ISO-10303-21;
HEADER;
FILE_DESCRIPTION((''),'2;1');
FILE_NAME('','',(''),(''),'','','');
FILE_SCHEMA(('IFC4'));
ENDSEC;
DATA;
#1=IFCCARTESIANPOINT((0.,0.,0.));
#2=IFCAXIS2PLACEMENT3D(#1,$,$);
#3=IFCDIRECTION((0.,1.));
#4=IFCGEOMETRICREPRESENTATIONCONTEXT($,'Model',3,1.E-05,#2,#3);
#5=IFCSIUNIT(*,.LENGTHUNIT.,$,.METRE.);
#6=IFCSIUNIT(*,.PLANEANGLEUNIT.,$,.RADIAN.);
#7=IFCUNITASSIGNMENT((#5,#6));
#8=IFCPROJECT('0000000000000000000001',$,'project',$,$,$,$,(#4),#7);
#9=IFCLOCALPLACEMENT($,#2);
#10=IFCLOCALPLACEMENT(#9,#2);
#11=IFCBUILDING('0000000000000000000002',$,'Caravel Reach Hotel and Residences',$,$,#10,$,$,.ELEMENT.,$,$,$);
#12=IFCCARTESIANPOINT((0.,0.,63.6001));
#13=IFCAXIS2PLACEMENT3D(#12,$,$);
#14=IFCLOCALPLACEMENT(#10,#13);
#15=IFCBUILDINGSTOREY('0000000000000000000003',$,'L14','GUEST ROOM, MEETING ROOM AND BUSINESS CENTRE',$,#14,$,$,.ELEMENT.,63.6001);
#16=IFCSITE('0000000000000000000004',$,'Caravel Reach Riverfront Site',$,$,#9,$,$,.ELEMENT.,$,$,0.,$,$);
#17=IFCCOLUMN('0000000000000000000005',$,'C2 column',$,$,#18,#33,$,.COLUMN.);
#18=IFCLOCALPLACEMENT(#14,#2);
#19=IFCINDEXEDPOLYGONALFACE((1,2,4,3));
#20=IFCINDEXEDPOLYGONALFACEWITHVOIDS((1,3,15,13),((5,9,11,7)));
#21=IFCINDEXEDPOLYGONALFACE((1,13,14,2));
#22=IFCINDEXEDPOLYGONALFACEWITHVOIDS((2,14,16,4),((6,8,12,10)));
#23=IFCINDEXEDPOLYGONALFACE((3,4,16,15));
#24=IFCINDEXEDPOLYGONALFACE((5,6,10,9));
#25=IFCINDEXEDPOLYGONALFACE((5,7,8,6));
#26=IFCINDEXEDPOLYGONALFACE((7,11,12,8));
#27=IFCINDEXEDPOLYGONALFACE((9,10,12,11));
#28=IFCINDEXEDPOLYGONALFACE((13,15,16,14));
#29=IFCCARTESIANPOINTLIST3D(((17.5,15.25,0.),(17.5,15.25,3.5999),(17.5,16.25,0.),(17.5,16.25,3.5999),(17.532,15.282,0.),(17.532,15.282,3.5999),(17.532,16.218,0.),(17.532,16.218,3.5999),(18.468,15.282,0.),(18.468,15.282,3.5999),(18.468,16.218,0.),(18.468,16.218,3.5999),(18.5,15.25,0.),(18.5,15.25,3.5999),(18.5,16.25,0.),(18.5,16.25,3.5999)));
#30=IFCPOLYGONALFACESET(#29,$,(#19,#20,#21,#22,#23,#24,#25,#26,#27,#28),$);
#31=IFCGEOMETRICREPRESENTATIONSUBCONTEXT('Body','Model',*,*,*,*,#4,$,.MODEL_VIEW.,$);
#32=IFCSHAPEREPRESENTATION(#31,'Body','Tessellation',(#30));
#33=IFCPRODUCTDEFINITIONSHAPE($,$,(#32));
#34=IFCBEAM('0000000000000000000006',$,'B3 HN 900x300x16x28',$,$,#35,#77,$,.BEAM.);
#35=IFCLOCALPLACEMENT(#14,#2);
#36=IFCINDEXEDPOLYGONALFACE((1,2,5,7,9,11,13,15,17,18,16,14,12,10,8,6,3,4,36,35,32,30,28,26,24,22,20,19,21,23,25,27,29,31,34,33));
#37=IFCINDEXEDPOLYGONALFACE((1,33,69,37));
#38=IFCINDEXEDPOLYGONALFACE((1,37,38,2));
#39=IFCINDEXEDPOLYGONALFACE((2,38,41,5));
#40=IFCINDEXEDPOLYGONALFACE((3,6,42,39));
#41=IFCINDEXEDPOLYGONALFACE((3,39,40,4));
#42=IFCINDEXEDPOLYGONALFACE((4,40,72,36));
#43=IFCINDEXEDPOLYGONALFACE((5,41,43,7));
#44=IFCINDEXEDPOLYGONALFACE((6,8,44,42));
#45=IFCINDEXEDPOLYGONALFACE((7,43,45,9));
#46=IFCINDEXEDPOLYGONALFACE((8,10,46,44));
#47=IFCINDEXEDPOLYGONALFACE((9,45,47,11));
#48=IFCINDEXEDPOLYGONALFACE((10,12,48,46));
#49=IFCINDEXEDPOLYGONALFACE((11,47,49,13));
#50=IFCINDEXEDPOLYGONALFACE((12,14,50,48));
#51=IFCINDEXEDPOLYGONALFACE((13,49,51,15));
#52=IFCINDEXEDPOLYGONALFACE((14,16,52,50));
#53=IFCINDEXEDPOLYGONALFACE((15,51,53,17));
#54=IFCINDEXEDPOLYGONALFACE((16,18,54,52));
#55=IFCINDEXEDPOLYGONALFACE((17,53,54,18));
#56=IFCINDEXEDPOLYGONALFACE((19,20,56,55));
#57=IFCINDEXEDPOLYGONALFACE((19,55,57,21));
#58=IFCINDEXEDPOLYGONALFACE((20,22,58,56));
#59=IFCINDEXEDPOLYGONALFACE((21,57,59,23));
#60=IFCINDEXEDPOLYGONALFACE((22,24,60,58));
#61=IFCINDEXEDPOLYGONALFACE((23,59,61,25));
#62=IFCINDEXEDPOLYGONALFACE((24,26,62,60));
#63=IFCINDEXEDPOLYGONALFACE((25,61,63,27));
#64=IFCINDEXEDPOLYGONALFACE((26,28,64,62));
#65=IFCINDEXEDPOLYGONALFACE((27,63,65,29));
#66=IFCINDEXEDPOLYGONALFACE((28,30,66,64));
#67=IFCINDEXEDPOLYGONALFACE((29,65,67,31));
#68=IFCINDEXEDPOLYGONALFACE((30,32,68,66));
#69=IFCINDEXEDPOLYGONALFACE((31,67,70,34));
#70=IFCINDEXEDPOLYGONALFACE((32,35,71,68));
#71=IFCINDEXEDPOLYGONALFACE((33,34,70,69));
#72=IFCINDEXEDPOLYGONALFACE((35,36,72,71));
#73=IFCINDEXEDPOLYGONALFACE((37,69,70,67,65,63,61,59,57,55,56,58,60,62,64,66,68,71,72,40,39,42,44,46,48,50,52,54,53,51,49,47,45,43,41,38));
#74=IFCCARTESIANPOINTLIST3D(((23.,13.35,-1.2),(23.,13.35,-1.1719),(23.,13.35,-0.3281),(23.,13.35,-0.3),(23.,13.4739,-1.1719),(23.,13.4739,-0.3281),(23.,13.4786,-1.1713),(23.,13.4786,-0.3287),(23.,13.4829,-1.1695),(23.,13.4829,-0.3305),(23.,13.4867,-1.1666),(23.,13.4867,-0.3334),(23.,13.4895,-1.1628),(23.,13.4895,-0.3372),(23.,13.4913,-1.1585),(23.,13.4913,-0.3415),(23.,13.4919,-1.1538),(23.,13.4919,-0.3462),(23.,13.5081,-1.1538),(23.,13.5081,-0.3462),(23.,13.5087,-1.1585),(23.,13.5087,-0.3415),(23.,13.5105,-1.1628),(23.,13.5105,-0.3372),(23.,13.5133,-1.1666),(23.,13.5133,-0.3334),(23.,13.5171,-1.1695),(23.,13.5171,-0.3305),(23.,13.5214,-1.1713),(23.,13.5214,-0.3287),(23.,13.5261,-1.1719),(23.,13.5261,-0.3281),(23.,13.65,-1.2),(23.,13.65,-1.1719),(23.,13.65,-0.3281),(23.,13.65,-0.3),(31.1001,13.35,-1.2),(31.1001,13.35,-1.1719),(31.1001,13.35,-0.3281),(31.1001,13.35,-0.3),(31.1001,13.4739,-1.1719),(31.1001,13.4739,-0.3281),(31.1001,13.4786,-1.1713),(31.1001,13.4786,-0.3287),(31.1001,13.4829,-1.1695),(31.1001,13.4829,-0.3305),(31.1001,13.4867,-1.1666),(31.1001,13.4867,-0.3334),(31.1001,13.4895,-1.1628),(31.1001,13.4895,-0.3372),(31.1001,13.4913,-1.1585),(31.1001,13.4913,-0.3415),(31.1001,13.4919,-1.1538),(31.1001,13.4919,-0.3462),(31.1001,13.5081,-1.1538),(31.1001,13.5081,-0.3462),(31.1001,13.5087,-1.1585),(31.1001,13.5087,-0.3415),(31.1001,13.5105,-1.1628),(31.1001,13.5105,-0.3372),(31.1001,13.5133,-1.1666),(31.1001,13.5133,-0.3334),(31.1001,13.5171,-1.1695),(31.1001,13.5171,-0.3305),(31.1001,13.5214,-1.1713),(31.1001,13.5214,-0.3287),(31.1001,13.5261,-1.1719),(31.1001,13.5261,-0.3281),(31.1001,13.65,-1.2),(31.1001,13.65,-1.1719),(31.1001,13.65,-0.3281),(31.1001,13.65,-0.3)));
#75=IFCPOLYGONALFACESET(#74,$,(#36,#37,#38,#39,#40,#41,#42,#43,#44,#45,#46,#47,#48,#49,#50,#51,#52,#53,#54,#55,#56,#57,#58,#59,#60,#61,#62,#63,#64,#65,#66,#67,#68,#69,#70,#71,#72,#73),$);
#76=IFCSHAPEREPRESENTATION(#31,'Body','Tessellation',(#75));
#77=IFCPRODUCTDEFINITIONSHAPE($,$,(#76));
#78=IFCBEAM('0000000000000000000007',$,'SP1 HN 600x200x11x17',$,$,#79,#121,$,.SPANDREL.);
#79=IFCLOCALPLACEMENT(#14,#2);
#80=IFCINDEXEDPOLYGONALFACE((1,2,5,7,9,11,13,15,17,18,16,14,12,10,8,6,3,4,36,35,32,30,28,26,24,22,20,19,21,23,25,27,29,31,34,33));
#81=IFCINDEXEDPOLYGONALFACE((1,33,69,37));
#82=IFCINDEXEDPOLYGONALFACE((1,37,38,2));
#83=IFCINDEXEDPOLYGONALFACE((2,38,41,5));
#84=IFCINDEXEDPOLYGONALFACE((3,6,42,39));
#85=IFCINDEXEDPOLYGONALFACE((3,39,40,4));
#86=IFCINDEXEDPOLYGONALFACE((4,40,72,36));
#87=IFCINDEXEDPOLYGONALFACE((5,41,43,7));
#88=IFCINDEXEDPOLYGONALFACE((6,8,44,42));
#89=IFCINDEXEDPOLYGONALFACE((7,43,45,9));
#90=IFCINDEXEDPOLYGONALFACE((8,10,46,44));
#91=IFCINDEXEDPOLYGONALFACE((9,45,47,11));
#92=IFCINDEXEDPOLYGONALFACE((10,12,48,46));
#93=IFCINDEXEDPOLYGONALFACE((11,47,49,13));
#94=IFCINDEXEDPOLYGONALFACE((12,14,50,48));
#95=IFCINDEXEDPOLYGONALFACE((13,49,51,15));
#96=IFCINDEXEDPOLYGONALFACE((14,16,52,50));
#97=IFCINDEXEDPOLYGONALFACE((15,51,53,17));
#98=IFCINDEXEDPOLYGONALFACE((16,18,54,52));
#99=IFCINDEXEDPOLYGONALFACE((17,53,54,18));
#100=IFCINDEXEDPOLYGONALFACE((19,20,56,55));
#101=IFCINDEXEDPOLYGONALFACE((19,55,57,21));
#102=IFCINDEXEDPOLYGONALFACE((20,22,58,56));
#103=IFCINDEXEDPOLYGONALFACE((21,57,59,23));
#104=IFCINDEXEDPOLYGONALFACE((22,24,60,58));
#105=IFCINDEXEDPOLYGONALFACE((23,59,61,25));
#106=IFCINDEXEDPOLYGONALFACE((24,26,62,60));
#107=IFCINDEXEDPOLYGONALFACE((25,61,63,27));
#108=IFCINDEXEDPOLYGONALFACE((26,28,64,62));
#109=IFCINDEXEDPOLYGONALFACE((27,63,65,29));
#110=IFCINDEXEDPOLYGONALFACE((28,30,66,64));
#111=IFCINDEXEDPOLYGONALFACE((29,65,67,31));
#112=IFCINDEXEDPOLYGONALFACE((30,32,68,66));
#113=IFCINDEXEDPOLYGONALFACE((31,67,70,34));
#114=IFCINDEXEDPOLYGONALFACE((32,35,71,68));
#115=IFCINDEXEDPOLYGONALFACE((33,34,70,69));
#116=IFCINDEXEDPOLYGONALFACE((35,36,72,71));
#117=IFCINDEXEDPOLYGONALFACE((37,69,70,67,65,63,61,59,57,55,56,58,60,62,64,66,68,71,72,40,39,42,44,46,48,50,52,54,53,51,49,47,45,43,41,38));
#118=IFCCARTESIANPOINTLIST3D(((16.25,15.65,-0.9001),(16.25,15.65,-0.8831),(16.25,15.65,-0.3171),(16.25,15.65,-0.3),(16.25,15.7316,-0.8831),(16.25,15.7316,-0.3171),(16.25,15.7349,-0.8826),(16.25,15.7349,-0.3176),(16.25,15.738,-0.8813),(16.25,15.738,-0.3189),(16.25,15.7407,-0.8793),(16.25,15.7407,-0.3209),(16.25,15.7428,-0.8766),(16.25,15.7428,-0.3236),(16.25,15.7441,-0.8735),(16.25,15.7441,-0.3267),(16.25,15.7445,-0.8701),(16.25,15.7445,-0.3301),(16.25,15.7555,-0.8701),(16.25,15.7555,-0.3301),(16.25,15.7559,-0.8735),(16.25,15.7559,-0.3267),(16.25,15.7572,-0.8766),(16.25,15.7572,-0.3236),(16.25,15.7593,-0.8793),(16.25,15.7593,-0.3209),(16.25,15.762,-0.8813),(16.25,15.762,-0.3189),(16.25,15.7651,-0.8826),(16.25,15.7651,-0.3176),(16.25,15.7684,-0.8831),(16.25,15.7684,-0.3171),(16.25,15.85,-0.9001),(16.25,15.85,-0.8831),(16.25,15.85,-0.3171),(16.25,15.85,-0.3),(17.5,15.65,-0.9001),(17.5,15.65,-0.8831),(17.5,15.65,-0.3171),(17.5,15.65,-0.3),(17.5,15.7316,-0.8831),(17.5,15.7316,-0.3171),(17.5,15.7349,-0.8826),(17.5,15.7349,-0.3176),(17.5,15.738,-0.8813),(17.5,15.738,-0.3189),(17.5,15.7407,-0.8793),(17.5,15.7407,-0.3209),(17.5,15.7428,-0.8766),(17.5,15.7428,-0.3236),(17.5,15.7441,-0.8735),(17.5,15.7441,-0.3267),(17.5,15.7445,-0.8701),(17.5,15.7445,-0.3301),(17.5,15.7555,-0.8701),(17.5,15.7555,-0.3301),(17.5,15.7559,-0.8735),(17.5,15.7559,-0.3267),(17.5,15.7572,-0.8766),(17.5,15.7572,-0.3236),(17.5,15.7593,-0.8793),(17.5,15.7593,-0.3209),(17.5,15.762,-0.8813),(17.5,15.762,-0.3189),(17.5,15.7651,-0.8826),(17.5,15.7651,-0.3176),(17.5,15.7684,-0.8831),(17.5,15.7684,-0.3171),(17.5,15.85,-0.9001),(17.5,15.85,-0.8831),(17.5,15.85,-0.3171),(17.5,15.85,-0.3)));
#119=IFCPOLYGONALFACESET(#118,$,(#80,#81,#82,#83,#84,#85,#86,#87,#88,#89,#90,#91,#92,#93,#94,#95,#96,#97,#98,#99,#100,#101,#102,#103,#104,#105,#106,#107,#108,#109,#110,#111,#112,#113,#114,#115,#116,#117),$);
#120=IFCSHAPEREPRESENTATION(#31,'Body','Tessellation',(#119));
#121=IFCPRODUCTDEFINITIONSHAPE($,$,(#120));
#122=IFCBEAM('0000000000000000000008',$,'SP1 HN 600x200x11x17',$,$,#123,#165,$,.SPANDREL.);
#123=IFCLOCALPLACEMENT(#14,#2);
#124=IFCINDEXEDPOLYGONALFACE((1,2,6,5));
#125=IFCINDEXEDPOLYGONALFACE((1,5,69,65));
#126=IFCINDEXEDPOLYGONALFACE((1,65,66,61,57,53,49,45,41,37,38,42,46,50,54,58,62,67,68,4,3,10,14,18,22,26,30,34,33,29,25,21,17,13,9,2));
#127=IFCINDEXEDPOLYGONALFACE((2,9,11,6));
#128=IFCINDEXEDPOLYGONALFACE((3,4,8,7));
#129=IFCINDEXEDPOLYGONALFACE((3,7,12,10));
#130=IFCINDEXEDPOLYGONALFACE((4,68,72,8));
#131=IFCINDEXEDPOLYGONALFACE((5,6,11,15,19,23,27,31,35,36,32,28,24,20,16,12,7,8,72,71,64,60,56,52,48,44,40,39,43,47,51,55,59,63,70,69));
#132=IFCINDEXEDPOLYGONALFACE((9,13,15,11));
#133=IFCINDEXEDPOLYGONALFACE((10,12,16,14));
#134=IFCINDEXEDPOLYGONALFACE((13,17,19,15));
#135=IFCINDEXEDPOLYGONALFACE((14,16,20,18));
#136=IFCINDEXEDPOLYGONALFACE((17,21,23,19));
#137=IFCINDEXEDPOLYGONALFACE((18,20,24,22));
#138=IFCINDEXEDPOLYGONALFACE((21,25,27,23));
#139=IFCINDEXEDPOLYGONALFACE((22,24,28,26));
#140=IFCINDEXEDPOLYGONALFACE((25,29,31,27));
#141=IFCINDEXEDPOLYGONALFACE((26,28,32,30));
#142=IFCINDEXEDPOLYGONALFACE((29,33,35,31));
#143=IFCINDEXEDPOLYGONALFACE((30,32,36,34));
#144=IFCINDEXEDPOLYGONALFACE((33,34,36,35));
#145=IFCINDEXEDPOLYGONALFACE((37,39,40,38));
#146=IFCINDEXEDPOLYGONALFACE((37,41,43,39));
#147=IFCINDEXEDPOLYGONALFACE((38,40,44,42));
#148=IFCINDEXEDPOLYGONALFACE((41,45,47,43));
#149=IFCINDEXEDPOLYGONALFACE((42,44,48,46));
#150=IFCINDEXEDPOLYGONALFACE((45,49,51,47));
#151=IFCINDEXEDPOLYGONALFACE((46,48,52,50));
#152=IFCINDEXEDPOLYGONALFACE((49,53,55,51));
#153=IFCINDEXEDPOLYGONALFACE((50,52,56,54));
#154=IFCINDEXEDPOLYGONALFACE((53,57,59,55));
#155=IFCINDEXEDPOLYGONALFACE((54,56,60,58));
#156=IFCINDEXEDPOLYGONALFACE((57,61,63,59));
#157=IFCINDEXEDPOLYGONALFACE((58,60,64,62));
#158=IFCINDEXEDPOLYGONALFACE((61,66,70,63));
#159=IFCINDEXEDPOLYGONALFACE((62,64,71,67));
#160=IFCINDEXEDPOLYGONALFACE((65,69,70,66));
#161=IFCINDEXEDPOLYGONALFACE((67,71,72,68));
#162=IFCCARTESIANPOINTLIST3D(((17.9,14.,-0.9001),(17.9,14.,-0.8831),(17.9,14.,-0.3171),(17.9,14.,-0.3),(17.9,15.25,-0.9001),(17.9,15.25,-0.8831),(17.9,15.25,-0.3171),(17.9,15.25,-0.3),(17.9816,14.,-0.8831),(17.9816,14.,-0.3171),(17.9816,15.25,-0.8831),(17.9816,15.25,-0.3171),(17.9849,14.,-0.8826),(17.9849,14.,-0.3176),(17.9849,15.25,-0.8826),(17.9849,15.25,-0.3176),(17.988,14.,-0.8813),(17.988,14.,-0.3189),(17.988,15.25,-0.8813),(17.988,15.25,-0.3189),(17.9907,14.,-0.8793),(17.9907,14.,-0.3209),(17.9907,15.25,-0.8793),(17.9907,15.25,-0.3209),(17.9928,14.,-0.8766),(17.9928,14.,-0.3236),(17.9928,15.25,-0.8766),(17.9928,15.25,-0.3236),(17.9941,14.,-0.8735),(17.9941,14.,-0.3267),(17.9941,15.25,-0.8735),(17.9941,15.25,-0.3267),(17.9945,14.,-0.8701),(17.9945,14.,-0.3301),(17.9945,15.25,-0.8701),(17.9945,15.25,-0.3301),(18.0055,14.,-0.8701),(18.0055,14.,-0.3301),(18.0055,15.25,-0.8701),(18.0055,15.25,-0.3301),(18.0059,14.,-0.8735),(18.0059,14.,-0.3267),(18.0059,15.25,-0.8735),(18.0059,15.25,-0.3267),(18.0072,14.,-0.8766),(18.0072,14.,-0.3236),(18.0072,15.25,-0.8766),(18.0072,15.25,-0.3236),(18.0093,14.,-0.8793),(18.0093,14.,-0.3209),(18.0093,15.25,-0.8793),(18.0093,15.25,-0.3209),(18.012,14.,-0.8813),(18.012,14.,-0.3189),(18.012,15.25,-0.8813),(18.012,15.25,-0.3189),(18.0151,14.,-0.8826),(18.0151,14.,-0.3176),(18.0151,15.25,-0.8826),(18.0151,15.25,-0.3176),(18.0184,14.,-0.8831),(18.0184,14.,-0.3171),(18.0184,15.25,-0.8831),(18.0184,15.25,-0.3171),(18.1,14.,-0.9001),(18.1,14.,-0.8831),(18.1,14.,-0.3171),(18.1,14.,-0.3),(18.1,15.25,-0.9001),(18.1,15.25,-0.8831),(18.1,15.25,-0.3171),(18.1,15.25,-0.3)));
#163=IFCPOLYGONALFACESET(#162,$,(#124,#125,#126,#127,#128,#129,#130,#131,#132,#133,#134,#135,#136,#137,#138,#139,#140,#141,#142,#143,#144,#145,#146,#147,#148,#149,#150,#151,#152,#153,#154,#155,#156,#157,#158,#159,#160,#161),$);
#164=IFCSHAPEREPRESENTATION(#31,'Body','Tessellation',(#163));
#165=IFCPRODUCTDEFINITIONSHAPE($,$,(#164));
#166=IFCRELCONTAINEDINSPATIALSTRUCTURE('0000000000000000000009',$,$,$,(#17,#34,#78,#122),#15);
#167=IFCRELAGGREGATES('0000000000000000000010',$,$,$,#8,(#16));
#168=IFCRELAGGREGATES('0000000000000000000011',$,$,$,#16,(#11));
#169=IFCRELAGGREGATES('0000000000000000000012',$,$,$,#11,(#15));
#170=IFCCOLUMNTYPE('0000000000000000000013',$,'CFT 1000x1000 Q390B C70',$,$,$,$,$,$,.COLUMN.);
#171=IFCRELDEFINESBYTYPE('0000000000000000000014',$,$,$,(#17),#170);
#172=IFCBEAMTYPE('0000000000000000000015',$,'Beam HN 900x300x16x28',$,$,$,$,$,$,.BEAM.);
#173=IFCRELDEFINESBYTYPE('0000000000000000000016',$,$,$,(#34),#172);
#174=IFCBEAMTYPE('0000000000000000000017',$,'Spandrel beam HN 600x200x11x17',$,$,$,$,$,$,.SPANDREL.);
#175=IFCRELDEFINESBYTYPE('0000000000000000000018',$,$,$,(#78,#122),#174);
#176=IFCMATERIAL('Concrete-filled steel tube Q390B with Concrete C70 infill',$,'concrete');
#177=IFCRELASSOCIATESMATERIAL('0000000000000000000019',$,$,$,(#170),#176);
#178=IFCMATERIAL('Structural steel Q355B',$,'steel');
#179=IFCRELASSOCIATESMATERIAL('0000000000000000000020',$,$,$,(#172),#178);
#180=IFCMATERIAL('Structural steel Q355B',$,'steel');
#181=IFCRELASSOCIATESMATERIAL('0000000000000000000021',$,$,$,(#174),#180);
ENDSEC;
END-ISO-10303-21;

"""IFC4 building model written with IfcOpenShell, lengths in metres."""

from ifc_helpers import new_model, si_unit, direction, frame, origin, origin_2d, place, context, subcontext, project, spatial, hollow_rectangle, i_section, extrude, material, material_profile, profile_set, type_object, element, save


model = new_model("IFC4")

# Units and contexts
model_context = context("Model", 3, precision=1e-05, world=origin(), true_north=direction((0.0, 1.0)))
body_context = subcontext(model_context, "Body", "Model", "MODEL_VIEW")
ifc_project = project(units=[si_unit("LENGTHUNIT", "METRE"), si_unit("PLANEANGLEUNIT", "RADIAN")], contexts=[model_context])

# Site, building, storey
site_placement = place(None, origin())
site = spatial("IfcSite", under=ifc_project, at=site_placement, Name="Caravel Reach Riverfront Site", CompositionType="ELEMENT", RefElevation=0.0)
building_placement = place(site_placement, origin())
building = spatial("IfcBuilding", under=site, at=building_placement, Name="Caravel Reach Hotel and Residences", CompositionType="ELEMENT")
storey_placement = place(building_placement, frame((0.0, 0.0, 63.6001)))
storey = spatial("IfcBuildingStorey", under=building, at=storey_placement, Name="L14", Description="GUEST ROOM, MEETING ROOM AND BUSINESS CENTRE", CompositionType="ELEMENT", Elevation=63.6001)

# Column
ifc_material_1 = material(Name="Concrete-filled steel tube Q390B with Concrete C70 infill", Category="concrete")
ifc_material_profile_1 = material_profile(ifc_material_1, hollow_rectangle(XDim=1.0, YDim=1.0, WallThickness=0.032, at=origin_2d()), Name="RHS 1000x1000x32")
ifc_profile_set_1 = profile_set([ifc_material_profile_1], Name="Concrete-filled steel tube Q390B with Concrete C70 infill")
column_type = type_object("IfcColumnType", Name="CFT 1000x1000 Q390B C70", PredefinedType="COLUMN", material=ifc_profile_set_1)
column_placement = place(storey_placement, frame((18.0, 15.75, 0.0), z_axis=(0.0, 0.0, 1.0), x_axis=(1.0, 0.0, 0.0)))
element("IfcColumn", 1, at=column_placement, inside=storey, type_object=column_type, Name="C2 column", PredefinedType="COLUMN", context=body_context, shape_type="SweptSolid", body=[
    extrude(hollow_rectangle(XDim=1.0, YDim=1.0, WallThickness=0.032, at=origin_2d()), origin(), (0.0, 0.0, 1.0), 3.5999),
])

# Beams
ifc_material_2 = material(Name="Structural steel Q355B", Category="steel")
ifc_material_profile_2 = material_profile(ifc_material_2, i_section(OverallWidth=0.3, OverallDepth=0.8999, WebThickness=0.0161, FlangeThickness=0.0281, FilletRadius=0.0181, at=origin_2d()), Name="HN 900x300x16x28")
ifc_profile_set_2 = profile_set([ifc_material_profile_2], Name="Structural steel Q355B")
beam_type_1 = type_object("IfcBeamType", Name="Beam HN 900x300x16x28", PredefinedType="BEAM", material=ifc_profile_set_2)
beam_placement = place(storey_placement, frame((23.0, 13.5, -0.75), z_axis=(1.0, 0.0, 0.0), x_axis=(0.0, 1.0, 0.0)))
element("IfcBeam", 2, at=beam_placement, inside=storey, type_object=beam_type_1, Name="B3 HN 900x300x16x28", PredefinedType="BEAM", context=body_context, shape_type="SweptSolid", body=[
    extrude(i_section(OverallWidth=0.3, OverallDepth=0.8999, WebThickness=0.0161, FlangeThickness=0.0281, FilletRadius=0.0181, at=origin_2d()), origin(), (0.0, 0.0, 1.0), 8.1001),
])
ifc_material_3 = material(Name="Structural steel Q355B", Category="steel")
ifc_material_profile_3 = material_profile(ifc_material_3, i_section(OverallWidth=0.2, OverallDepth=0.6001, WebThickness=0.011, FlangeThickness=0.0171, FilletRadius=0.0129, at=origin_2d()), Name="HN 600x200x11x17")
ifc_profile_set_3 = profile_set([ifc_material_profile_3], Name="Structural steel Q355B")
beam_type_2 = type_object("IfcBeamType", Name="Spandrel beam HN 600x200x11x17", PredefinedType="SPANDREL", material=ifc_profile_set_3)
for number, where, z_axis, x_axis, name in (
    (3, (16.25, 15.75, -0.6001), (1.0, 0.0, 0.0), (0.0, 1.0, 0.0), "SP1 HN 600x200x11x17"),
    (4, (18.0, 15.25, -0.6001), (0.0, -1.0, 0.0), (1.0, 0.0, 0.0), "SP1 HN 600x200x11x17"),
):
    element("IfcBeam", number, at=place(storey_placement, frame(where, z_axis=z_axis, x_axis=x_axis)), inside=storey, type_object=beam_type_2, Name=name, PredefinedType="SPANDREL", context=body_context, shape_type="SweptSolid", body=[
        extrude(i_section(OverallWidth=0.2, OverallDepth=0.6001, WebThickness=0.011, FlangeThickness=0.0171, FilletRadius=0.0129, at=origin_2d()), origin(), (0.0, 0.0, 1.0), 1.25),
    ])

save(model, "model.ifc")
